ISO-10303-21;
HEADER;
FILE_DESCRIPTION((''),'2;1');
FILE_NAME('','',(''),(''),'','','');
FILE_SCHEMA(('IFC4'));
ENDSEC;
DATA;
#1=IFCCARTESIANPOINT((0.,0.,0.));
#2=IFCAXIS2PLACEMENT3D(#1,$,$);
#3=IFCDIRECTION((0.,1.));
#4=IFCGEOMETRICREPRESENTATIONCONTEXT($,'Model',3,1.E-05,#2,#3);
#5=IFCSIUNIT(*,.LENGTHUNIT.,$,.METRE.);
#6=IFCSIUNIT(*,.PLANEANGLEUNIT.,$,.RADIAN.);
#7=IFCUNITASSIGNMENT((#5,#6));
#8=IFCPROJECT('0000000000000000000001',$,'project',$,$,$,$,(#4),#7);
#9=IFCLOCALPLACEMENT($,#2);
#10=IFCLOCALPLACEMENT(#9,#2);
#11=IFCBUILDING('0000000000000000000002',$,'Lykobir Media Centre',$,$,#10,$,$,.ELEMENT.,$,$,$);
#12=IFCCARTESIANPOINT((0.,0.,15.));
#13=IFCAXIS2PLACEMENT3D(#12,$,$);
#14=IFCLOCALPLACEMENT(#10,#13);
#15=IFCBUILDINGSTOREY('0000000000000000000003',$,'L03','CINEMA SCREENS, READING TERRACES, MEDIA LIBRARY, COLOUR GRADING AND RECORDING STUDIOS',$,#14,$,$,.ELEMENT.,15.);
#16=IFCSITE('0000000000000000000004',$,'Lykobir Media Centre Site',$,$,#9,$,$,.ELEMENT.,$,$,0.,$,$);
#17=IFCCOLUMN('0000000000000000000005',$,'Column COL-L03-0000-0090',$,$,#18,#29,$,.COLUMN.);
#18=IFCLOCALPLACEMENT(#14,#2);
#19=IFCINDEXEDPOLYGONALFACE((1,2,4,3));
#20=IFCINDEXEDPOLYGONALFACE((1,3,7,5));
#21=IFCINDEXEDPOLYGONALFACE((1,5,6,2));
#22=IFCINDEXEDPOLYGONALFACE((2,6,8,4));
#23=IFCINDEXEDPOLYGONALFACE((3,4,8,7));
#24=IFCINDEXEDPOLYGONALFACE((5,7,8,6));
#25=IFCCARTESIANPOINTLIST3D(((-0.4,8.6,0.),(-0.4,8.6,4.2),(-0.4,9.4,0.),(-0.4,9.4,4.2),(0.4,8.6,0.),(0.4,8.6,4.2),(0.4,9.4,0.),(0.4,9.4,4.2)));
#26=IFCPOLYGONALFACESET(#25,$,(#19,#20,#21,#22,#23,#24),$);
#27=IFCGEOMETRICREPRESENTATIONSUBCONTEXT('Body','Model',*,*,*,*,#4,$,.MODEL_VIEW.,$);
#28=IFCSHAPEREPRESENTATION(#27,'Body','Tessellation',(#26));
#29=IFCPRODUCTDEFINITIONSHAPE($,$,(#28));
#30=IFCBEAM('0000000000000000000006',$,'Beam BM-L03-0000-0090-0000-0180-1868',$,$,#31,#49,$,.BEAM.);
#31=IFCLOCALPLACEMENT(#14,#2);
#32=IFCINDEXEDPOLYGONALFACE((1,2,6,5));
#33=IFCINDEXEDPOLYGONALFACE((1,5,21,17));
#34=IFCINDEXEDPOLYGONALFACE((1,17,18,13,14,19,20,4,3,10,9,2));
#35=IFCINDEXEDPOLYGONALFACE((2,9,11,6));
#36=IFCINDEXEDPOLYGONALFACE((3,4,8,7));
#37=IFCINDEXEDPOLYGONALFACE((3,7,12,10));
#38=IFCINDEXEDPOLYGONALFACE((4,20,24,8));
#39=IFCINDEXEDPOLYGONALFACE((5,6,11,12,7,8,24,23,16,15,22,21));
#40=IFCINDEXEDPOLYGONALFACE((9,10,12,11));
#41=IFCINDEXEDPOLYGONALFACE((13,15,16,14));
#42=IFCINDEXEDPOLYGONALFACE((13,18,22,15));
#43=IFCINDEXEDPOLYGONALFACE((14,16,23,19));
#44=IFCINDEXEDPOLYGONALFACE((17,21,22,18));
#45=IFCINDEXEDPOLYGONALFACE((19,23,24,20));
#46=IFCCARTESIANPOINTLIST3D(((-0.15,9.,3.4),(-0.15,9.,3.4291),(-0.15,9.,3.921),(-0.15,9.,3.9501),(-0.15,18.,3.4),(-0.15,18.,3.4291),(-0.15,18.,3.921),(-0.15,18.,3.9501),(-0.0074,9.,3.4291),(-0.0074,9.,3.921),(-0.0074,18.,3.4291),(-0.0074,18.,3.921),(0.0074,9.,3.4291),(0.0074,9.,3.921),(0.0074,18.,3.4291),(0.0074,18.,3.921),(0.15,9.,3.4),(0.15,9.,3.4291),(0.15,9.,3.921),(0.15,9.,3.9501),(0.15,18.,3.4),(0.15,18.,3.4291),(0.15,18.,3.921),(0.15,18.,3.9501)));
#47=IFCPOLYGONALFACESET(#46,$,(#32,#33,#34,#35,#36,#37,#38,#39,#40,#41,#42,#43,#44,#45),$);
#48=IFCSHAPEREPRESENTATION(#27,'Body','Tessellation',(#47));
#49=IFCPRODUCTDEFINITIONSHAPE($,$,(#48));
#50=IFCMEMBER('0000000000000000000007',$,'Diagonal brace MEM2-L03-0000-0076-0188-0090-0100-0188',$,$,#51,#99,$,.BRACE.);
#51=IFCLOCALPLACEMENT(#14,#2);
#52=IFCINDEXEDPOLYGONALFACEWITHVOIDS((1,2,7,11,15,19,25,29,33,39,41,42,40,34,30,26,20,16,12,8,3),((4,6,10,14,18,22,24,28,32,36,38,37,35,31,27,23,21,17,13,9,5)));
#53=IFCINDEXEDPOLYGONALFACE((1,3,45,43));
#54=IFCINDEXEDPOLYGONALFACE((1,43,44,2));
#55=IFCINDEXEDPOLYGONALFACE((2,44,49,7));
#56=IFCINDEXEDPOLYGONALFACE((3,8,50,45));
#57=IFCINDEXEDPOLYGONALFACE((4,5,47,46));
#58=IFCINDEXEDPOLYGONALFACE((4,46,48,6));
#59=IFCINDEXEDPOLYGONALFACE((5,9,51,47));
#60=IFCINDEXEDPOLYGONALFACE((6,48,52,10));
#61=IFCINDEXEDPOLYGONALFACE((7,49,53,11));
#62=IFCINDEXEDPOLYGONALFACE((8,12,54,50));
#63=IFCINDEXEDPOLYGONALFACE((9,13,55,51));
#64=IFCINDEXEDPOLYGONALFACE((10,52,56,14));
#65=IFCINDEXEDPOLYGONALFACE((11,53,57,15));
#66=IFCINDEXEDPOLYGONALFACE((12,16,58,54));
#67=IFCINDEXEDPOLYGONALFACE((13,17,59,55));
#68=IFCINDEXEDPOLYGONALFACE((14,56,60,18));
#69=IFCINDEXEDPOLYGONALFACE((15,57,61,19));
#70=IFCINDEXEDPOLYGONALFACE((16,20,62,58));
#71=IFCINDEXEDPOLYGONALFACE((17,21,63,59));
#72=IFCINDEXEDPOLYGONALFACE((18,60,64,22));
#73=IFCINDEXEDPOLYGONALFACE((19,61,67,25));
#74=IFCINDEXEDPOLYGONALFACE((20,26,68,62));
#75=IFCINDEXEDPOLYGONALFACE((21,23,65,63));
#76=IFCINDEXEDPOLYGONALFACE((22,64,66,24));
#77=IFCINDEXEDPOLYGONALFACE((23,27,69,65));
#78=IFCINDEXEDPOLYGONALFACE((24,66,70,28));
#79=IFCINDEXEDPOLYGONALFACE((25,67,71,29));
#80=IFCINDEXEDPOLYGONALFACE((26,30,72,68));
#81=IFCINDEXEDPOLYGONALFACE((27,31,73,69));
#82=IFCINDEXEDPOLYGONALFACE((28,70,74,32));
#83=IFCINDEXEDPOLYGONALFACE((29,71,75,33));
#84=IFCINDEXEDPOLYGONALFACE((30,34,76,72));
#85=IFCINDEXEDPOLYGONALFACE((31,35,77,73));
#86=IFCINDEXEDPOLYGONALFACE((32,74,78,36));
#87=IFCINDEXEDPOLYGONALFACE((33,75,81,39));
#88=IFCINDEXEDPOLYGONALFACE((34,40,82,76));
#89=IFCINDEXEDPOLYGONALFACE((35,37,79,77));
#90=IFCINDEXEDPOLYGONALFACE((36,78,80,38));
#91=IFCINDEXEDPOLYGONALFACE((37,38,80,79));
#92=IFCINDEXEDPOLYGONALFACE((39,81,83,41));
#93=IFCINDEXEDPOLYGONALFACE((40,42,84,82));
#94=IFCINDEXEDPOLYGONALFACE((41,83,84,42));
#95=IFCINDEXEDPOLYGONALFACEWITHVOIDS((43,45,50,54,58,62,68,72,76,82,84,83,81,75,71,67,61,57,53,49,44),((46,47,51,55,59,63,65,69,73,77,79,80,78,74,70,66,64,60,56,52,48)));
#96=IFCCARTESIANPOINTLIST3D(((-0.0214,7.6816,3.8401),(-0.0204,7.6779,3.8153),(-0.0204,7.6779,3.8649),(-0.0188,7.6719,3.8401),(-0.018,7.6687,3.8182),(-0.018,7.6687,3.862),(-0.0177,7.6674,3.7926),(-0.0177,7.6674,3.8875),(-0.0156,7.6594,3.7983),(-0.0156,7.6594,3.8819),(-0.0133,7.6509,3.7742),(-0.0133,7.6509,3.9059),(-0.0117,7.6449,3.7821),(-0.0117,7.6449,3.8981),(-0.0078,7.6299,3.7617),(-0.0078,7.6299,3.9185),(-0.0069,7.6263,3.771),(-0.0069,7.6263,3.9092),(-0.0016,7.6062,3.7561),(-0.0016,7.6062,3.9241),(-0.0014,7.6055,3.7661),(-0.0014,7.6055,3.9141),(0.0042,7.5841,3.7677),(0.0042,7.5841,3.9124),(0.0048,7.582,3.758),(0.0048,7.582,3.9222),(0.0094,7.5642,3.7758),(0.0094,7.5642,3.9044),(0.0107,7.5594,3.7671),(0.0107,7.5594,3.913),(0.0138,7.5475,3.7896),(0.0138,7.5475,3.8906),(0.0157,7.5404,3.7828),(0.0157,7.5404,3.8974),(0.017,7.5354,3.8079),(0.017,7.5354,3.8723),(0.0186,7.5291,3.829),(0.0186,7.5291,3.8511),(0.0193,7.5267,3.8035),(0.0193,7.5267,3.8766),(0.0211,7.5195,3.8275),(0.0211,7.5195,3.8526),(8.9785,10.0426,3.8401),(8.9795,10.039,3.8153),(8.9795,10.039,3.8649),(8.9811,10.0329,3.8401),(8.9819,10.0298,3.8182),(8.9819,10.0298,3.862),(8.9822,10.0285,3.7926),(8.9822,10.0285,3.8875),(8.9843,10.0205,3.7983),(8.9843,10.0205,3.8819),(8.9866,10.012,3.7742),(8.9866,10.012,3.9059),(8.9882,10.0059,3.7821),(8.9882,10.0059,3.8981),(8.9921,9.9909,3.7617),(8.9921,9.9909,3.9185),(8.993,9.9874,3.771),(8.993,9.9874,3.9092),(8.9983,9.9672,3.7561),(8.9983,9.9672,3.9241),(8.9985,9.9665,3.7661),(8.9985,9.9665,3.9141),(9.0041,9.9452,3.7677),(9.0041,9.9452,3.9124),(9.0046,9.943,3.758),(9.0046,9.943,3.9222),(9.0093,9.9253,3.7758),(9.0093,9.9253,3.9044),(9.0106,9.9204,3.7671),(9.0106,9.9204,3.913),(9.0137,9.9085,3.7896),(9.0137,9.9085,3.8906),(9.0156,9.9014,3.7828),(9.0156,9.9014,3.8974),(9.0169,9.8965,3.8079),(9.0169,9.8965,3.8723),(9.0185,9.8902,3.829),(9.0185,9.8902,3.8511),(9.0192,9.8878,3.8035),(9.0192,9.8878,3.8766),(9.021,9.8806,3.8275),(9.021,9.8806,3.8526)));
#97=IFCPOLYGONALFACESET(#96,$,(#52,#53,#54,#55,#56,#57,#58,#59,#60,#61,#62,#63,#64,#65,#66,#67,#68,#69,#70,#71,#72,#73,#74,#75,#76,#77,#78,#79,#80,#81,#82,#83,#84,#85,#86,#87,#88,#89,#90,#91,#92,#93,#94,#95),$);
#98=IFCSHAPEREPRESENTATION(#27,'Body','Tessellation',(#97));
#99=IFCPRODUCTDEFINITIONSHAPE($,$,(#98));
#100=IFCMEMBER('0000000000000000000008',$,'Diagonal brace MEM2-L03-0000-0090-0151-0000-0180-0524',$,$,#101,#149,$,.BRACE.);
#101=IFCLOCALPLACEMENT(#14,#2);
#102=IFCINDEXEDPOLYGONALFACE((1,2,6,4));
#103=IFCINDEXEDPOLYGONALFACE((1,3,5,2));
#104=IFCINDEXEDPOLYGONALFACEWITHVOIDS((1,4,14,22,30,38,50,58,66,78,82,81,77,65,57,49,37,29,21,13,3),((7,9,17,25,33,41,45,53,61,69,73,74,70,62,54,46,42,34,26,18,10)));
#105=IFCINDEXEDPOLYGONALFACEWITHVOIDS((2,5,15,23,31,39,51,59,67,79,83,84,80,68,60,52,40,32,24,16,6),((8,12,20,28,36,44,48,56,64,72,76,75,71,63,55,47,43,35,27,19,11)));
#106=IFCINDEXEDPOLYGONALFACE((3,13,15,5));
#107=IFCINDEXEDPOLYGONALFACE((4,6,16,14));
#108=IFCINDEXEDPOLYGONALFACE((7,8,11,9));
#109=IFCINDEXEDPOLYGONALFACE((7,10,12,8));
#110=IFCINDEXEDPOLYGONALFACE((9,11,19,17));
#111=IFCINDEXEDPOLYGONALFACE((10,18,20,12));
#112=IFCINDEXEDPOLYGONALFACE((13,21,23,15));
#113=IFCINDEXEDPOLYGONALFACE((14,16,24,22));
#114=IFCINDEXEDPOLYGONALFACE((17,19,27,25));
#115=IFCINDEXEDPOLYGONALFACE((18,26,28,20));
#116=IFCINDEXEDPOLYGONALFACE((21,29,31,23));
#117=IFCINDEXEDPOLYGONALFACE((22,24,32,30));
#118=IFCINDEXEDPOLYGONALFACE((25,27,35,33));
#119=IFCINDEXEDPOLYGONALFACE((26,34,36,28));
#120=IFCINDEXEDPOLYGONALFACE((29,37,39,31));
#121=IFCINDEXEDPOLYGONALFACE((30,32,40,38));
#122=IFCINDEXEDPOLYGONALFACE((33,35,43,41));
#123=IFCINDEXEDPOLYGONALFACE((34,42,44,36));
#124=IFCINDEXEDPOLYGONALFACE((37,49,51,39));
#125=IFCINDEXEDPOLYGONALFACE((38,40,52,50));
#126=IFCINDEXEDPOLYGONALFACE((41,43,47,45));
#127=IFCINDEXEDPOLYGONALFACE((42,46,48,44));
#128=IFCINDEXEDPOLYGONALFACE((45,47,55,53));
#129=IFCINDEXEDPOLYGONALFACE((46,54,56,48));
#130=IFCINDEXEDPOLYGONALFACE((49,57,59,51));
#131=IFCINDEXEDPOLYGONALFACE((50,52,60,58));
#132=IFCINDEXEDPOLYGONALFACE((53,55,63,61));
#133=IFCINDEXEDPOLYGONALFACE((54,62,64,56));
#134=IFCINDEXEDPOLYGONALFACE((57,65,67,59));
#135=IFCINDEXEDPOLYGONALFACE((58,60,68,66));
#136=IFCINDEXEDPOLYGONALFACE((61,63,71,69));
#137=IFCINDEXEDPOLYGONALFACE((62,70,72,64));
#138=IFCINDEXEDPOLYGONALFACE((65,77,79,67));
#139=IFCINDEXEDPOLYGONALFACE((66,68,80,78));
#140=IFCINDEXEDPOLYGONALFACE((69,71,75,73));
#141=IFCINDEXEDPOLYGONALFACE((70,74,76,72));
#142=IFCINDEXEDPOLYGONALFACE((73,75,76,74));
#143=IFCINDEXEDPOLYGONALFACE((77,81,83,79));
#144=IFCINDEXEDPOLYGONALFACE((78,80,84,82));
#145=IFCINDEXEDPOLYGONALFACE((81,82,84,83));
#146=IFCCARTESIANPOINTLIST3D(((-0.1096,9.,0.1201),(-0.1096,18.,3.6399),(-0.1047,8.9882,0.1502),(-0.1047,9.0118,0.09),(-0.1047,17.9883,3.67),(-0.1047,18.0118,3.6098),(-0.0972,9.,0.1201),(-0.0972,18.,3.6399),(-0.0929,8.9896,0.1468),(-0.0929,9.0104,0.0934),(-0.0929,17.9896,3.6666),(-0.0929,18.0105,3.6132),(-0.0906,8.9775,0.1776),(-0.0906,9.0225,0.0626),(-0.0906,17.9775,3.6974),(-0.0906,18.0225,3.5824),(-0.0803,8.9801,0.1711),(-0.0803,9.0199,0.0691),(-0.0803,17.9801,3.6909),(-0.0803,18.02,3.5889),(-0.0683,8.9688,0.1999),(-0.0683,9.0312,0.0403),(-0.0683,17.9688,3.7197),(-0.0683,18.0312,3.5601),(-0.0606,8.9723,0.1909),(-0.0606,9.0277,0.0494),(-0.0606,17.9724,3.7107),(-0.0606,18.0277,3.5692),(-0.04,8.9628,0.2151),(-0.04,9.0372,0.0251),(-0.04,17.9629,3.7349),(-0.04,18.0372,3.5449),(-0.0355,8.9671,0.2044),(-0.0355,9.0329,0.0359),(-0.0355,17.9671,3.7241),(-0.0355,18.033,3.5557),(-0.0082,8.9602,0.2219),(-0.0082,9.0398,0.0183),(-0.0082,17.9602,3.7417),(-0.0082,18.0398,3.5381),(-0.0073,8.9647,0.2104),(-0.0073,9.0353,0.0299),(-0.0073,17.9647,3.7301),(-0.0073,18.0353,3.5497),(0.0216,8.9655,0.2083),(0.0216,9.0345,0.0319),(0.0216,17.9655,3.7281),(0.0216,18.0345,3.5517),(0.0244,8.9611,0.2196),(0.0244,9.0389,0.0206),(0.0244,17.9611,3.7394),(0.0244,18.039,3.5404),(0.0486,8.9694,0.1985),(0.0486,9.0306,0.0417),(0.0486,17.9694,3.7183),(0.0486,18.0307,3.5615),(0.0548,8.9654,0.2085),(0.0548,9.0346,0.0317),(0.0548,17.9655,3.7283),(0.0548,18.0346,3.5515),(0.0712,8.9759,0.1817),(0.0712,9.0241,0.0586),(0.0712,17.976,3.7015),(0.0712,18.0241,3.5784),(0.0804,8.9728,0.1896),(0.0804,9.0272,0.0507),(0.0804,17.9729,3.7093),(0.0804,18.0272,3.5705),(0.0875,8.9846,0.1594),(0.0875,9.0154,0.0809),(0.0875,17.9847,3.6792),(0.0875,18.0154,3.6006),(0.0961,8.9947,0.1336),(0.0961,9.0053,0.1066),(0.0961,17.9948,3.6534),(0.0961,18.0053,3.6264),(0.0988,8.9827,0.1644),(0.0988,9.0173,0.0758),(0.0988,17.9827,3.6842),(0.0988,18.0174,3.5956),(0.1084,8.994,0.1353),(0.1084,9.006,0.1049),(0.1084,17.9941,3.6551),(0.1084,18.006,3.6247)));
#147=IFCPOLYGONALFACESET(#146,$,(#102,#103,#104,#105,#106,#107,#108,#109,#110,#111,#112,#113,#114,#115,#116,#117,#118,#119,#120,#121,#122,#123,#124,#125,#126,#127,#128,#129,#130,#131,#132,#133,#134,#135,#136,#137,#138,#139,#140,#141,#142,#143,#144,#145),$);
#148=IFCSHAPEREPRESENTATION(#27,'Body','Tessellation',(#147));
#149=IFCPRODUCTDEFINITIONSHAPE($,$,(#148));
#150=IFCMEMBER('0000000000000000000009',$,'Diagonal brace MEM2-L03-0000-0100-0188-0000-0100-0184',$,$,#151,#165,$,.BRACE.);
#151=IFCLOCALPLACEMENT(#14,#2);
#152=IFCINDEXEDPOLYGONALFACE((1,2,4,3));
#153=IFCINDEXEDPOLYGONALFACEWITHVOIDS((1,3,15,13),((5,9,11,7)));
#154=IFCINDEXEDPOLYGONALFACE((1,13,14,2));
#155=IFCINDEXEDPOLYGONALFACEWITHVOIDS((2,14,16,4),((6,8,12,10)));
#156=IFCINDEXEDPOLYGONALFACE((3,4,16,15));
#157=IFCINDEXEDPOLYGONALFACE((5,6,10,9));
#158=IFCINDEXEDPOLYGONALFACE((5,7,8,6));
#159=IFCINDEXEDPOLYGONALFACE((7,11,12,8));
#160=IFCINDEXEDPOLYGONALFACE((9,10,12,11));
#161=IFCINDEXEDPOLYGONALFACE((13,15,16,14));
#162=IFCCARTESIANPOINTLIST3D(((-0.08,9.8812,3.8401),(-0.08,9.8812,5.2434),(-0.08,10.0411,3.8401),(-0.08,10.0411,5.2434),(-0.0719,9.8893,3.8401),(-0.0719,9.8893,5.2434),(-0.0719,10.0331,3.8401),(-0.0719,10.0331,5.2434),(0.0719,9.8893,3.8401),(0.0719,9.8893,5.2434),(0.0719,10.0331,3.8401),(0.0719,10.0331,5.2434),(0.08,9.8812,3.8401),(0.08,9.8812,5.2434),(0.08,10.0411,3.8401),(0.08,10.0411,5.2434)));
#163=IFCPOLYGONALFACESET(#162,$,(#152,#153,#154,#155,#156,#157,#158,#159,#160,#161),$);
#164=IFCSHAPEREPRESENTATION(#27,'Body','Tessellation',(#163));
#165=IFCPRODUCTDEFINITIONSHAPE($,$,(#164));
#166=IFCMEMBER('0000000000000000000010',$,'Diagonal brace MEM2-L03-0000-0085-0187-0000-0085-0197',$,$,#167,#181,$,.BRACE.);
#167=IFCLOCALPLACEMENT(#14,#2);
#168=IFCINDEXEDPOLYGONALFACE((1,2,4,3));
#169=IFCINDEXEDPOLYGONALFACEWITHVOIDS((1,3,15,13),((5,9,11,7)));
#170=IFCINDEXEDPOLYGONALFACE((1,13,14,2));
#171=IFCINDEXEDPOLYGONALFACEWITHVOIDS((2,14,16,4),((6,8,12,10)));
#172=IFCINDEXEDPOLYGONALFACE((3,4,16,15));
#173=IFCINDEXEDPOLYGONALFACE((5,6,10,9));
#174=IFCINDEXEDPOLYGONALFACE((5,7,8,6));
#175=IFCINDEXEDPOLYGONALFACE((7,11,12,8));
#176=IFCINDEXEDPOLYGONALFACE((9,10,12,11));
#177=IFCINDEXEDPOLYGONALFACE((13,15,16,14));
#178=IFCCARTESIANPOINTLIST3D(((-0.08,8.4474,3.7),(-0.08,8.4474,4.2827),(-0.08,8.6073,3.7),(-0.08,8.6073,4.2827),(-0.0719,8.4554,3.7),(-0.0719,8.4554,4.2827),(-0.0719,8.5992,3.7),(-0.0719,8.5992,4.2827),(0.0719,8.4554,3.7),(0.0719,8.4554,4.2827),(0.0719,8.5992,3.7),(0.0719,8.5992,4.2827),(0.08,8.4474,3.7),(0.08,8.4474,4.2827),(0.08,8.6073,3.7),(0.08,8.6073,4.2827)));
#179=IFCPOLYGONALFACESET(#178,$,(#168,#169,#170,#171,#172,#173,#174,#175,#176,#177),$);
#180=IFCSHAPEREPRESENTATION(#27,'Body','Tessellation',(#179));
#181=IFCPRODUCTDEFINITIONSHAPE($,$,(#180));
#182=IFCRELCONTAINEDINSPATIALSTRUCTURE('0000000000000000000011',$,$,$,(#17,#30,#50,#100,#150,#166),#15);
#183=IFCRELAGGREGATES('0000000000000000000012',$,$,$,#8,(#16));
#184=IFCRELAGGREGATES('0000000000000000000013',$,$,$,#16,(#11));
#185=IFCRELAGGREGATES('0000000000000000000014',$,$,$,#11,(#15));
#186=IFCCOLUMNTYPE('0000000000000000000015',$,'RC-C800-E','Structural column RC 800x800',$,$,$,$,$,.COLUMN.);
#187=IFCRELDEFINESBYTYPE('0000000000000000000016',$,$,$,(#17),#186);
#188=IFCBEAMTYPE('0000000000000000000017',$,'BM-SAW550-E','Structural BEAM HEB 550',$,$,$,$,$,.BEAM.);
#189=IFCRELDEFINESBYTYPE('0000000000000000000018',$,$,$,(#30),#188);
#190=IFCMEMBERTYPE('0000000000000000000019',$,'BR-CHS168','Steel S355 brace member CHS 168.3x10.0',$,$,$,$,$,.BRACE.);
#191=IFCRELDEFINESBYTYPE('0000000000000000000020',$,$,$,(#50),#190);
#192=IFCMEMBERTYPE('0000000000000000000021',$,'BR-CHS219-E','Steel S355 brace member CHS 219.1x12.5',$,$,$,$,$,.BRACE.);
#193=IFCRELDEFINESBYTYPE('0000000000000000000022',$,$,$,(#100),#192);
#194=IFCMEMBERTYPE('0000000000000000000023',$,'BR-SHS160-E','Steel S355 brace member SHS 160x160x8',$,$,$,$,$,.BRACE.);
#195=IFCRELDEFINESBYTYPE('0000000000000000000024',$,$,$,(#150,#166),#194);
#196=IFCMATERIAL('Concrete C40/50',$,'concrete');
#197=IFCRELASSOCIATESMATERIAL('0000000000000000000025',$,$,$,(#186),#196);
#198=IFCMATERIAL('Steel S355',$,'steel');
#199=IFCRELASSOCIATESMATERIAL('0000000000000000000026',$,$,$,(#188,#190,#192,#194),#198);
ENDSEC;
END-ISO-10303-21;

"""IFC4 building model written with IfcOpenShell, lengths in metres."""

from ifc_helpers import new_model, si_unit, direction, frame, origin, origin_2d, place, context, subcontext, project, spatial, rectangle, hollow_rectangle, hollow_circle, i_section, extrude, material, material_profile, profile_set, type_object, element, save


model = new_model("IFC4")

# Units and contexts
model_context = context("Model", 3, precision=1e-05, world=origin(), true_north=direction((0.0, 1.0)))
body_context = subcontext(model_context, "Body", "Model", "MODEL_VIEW")
ifc_project = project(units=[si_unit("LENGTHUNIT", "METRE"), si_unit("PLANEANGLEUNIT", "RADIAN")], contexts=[model_context])

# Site, building, storey
site_placement = place(None, origin())
site = spatial("IfcSite", under=ifc_project, at=site_placement, Name="Lykobir Media Centre Site", CompositionType="ELEMENT", RefElevation=0.0)
building_placement = place(site_placement, origin())
building = spatial("IfcBuilding", under=site, at=building_placement, Name="Lykobir Media Centre", CompositionType="ELEMENT")
storey_placement = place(building_placement, frame((0.0, 0.0, 15.0)))
storey = spatial("IfcBuildingStorey", under=building, at=storey_placement, Name="L03", Description="CINEMA SCREENS, READING TERRACES, MEDIA LIBRARY, COLOUR GRADING AND RECORDING STUDIOS", CompositionType="ELEMENT", Elevation=15.0)

# Column
ifc_material_1 = material(Name="Concrete C40/50", Category="concrete")
ifc_material_profile_1 = material_profile(ifc_material_1, rectangle(XDim=0.8, YDim=0.8, at=origin_2d()), Name="RC 800x800")
ifc_profile_set_1 = profile_set([ifc_material_profile_1], Name="Concrete C40/50")
column_type = type_object("IfcColumnType", Name="RC-C800-E", Description="Structural column RC 800x800", PredefinedType="COLUMN", material=ifc_profile_set_1)
column_placement = place(storey_placement, frame((0.0, 9.0, 0.0), z_axis=(0.0, 0.0, 1.0), x_axis=(1.0, 0.0, 0.0)))
element("IfcColumn", 1, at=column_placement, inside=storey, type_object=column_type, Name="Column COL-L03-0000-0090", PredefinedType="COLUMN", context=body_context, shape_type="SweptSolid", body=[
    extrude(rectangle(XDim=0.8, YDim=0.8, at=origin_2d()), origin(), (0.0, 0.0, 1.0), 4.2),
])

# Beam
ifc_material_2 = material(Name="Steel S355", Category="steel")
ifc_material_profile_2 = material_profile(ifc_material_2, i_section(OverallWidth=0.3, OverallDepth=0.55, WebThickness=0.0149, FlangeThickness=0.0291, at=origin_2d()), Name="HEB 550")
ifc_profile_set_2 = profile_set([ifc_material_profile_2], Name="Steel S355")
beam_type_1 = type_object("IfcBeamType", Name="BM-SAW550-E", Description="Structural BEAM HEB 550", PredefinedType="BEAM", material=ifc_profile_set_2)
beam_placement = place(storey_placement, frame((0.0, 9.0, 3.675), z_axis=(0.0, 1.0, 0.0), x_axis=(-1.0, 0.0, 0.0)))
element("IfcBeam", 2, at=beam_placement, inside=storey, type_object=beam_type_1, Name="Beam BM-L03-0000-0090-0000-0180-1868", PredefinedType="BEAM", context=body_context, shape_type="SweptSolid", body=[
    extrude(i_section(OverallWidth=0.3, OverallDepth=0.55, WebThickness=0.0149, FlangeThickness=0.0291, at=origin_2d()), origin(), (0.0, 0.0, 1.0), 9.0),
])

# Members
ifc_material_profile_3 = material_profile(ifc_material_2, hollow_circle(Radius=0.0842, WallThickness=0.01, at=origin_2d()), Name="CHS 168.3x10.0")
ifc_profile_set_3 = profile_set([ifc_material_profile_3], Name="Steel S355")
member_type_1 = type_object("IfcMemberType", Name="BR-CHS168", Description="Steel S355 brace member CHS 168.3x10.0", PredefinedType="BRACE", material=ifc_profile_set_3)
member_1_placement = place(storey_placement, frame((0.0, 7.6001, 3.8401), z_axis=(0.967268, 0.253756, 0.0), x_axis=(-0.253756, 0.967268, 0.0)))
element("IfcMember", 3, at=member_1_placement, inside=storey, type_object=member_type_1, Name="Diagonal brace MEM2-L03-0000-0076-0188-0090-0100-0188", PredefinedType="BRACE", context=body_context, shape_type="SweptSolid", body=[
    extrude(hollow_circle(Radius=0.0842, WallThickness=0.01, at=origin_2d()), origin(), (0.0, 0.0, 1.0), 9.3044),
])
ifc_material_profile_4 = material_profile(ifc_material_2, hollow_circle(Radius=0.1096, WallThickness=0.0125, at=origin_2d()), Name="CHS 219.1x12.5")
ifc_profile_set_4 = profile_set([ifc_material_profile_4], Name="Steel S355")
member_type_2 = type_object("IfcMemberType", Name="BR-CHS219-E", Description="Steel S355 brace member CHS 219.1x12.5", PredefinedType="BRACE", material=ifc_profile_set_4)
member_2_placement = place(storey_placement, frame((0.0, 9.0, 0.1201), z_axis=(0.0, 0.931312, 0.364223), x_axis=(-1.0, 0.0, 0.0)))
element("IfcMember", 4, at=member_2_placement, inside=storey, type_object=member_type_2, Name="Diagonal brace MEM2-L03-0000-0090-0151-0000-0180-0524", PredefinedType="BRACE", context=body_context, shape_type="SweptSolid", body=[
    extrude(hollow_circle(Radius=0.1096, WallThickness=0.0125, at=origin_2d()), origin(), (0.0, 0.0, 1.0), 9.6638),
])
ifc_material_profile_5 = material_profile(ifc_material_2, hollow_rectangle(XDim=0.1599, YDim=0.1599, WallThickness=0.0081, at=origin_2d()), Name="SHS 160x160x8")
ifc_profile_set_5 = profile_set([ifc_material_profile_5], Name="Steel S355")
member_type_3 = type_object("IfcMemberType", Name="BR-SHS160-E", Description="Steel S355 brace member SHS 160x160x8", PredefinedType="BRACE", material=ifc_profile_set_5)
member_3_placement = place(storey_placement, frame((0.0, 9.9612, 3.8401), z_axis=(0.0, 0.0, 1.0), x_axis=(1.0, 0.0, 0.0)))
element("IfcMember", 5, at=member_3_placement, inside=storey, type_object=member_type_3, Name="Diagonal brace MEM2-L03-0000-0100-0188-0000-0100-0184", PredefinedType="BRACE", context=body_context, shape_type="SweptSolid", body=[
    extrude(hollow_rectangle(XDim=0.1599, YDim=0.1599, WallThickness=0.0081, at=origin_2d()), origin(), (0.0, 0.0, 1.0), 1.4033),
])
member_4_placement = place(storey_placement, frame((0.0, 8.5273, 3.7), z_axis=(0.0, 0.0, 1.0), x_axis=(1.0, 0.0, 0.0)))
element("IfcMember", 6, at=member_4_placement, inside=storey, type_object=member_type_3, Name="Diagonal brace MEM2-L03-0000-0085-0187-0000-0085-0197", PredefinedType="BRACE", context=body_context, shape_type="SweptSolid", body=[
    extrude(hollow_rectangle(XDim=0.1599, YDim=0.1599, WallThickness=0.0081, at=origin_2d()), origin(), (0.0, 0.0, 1.0), 0.5828),
])

save(model, "model.ifc")
